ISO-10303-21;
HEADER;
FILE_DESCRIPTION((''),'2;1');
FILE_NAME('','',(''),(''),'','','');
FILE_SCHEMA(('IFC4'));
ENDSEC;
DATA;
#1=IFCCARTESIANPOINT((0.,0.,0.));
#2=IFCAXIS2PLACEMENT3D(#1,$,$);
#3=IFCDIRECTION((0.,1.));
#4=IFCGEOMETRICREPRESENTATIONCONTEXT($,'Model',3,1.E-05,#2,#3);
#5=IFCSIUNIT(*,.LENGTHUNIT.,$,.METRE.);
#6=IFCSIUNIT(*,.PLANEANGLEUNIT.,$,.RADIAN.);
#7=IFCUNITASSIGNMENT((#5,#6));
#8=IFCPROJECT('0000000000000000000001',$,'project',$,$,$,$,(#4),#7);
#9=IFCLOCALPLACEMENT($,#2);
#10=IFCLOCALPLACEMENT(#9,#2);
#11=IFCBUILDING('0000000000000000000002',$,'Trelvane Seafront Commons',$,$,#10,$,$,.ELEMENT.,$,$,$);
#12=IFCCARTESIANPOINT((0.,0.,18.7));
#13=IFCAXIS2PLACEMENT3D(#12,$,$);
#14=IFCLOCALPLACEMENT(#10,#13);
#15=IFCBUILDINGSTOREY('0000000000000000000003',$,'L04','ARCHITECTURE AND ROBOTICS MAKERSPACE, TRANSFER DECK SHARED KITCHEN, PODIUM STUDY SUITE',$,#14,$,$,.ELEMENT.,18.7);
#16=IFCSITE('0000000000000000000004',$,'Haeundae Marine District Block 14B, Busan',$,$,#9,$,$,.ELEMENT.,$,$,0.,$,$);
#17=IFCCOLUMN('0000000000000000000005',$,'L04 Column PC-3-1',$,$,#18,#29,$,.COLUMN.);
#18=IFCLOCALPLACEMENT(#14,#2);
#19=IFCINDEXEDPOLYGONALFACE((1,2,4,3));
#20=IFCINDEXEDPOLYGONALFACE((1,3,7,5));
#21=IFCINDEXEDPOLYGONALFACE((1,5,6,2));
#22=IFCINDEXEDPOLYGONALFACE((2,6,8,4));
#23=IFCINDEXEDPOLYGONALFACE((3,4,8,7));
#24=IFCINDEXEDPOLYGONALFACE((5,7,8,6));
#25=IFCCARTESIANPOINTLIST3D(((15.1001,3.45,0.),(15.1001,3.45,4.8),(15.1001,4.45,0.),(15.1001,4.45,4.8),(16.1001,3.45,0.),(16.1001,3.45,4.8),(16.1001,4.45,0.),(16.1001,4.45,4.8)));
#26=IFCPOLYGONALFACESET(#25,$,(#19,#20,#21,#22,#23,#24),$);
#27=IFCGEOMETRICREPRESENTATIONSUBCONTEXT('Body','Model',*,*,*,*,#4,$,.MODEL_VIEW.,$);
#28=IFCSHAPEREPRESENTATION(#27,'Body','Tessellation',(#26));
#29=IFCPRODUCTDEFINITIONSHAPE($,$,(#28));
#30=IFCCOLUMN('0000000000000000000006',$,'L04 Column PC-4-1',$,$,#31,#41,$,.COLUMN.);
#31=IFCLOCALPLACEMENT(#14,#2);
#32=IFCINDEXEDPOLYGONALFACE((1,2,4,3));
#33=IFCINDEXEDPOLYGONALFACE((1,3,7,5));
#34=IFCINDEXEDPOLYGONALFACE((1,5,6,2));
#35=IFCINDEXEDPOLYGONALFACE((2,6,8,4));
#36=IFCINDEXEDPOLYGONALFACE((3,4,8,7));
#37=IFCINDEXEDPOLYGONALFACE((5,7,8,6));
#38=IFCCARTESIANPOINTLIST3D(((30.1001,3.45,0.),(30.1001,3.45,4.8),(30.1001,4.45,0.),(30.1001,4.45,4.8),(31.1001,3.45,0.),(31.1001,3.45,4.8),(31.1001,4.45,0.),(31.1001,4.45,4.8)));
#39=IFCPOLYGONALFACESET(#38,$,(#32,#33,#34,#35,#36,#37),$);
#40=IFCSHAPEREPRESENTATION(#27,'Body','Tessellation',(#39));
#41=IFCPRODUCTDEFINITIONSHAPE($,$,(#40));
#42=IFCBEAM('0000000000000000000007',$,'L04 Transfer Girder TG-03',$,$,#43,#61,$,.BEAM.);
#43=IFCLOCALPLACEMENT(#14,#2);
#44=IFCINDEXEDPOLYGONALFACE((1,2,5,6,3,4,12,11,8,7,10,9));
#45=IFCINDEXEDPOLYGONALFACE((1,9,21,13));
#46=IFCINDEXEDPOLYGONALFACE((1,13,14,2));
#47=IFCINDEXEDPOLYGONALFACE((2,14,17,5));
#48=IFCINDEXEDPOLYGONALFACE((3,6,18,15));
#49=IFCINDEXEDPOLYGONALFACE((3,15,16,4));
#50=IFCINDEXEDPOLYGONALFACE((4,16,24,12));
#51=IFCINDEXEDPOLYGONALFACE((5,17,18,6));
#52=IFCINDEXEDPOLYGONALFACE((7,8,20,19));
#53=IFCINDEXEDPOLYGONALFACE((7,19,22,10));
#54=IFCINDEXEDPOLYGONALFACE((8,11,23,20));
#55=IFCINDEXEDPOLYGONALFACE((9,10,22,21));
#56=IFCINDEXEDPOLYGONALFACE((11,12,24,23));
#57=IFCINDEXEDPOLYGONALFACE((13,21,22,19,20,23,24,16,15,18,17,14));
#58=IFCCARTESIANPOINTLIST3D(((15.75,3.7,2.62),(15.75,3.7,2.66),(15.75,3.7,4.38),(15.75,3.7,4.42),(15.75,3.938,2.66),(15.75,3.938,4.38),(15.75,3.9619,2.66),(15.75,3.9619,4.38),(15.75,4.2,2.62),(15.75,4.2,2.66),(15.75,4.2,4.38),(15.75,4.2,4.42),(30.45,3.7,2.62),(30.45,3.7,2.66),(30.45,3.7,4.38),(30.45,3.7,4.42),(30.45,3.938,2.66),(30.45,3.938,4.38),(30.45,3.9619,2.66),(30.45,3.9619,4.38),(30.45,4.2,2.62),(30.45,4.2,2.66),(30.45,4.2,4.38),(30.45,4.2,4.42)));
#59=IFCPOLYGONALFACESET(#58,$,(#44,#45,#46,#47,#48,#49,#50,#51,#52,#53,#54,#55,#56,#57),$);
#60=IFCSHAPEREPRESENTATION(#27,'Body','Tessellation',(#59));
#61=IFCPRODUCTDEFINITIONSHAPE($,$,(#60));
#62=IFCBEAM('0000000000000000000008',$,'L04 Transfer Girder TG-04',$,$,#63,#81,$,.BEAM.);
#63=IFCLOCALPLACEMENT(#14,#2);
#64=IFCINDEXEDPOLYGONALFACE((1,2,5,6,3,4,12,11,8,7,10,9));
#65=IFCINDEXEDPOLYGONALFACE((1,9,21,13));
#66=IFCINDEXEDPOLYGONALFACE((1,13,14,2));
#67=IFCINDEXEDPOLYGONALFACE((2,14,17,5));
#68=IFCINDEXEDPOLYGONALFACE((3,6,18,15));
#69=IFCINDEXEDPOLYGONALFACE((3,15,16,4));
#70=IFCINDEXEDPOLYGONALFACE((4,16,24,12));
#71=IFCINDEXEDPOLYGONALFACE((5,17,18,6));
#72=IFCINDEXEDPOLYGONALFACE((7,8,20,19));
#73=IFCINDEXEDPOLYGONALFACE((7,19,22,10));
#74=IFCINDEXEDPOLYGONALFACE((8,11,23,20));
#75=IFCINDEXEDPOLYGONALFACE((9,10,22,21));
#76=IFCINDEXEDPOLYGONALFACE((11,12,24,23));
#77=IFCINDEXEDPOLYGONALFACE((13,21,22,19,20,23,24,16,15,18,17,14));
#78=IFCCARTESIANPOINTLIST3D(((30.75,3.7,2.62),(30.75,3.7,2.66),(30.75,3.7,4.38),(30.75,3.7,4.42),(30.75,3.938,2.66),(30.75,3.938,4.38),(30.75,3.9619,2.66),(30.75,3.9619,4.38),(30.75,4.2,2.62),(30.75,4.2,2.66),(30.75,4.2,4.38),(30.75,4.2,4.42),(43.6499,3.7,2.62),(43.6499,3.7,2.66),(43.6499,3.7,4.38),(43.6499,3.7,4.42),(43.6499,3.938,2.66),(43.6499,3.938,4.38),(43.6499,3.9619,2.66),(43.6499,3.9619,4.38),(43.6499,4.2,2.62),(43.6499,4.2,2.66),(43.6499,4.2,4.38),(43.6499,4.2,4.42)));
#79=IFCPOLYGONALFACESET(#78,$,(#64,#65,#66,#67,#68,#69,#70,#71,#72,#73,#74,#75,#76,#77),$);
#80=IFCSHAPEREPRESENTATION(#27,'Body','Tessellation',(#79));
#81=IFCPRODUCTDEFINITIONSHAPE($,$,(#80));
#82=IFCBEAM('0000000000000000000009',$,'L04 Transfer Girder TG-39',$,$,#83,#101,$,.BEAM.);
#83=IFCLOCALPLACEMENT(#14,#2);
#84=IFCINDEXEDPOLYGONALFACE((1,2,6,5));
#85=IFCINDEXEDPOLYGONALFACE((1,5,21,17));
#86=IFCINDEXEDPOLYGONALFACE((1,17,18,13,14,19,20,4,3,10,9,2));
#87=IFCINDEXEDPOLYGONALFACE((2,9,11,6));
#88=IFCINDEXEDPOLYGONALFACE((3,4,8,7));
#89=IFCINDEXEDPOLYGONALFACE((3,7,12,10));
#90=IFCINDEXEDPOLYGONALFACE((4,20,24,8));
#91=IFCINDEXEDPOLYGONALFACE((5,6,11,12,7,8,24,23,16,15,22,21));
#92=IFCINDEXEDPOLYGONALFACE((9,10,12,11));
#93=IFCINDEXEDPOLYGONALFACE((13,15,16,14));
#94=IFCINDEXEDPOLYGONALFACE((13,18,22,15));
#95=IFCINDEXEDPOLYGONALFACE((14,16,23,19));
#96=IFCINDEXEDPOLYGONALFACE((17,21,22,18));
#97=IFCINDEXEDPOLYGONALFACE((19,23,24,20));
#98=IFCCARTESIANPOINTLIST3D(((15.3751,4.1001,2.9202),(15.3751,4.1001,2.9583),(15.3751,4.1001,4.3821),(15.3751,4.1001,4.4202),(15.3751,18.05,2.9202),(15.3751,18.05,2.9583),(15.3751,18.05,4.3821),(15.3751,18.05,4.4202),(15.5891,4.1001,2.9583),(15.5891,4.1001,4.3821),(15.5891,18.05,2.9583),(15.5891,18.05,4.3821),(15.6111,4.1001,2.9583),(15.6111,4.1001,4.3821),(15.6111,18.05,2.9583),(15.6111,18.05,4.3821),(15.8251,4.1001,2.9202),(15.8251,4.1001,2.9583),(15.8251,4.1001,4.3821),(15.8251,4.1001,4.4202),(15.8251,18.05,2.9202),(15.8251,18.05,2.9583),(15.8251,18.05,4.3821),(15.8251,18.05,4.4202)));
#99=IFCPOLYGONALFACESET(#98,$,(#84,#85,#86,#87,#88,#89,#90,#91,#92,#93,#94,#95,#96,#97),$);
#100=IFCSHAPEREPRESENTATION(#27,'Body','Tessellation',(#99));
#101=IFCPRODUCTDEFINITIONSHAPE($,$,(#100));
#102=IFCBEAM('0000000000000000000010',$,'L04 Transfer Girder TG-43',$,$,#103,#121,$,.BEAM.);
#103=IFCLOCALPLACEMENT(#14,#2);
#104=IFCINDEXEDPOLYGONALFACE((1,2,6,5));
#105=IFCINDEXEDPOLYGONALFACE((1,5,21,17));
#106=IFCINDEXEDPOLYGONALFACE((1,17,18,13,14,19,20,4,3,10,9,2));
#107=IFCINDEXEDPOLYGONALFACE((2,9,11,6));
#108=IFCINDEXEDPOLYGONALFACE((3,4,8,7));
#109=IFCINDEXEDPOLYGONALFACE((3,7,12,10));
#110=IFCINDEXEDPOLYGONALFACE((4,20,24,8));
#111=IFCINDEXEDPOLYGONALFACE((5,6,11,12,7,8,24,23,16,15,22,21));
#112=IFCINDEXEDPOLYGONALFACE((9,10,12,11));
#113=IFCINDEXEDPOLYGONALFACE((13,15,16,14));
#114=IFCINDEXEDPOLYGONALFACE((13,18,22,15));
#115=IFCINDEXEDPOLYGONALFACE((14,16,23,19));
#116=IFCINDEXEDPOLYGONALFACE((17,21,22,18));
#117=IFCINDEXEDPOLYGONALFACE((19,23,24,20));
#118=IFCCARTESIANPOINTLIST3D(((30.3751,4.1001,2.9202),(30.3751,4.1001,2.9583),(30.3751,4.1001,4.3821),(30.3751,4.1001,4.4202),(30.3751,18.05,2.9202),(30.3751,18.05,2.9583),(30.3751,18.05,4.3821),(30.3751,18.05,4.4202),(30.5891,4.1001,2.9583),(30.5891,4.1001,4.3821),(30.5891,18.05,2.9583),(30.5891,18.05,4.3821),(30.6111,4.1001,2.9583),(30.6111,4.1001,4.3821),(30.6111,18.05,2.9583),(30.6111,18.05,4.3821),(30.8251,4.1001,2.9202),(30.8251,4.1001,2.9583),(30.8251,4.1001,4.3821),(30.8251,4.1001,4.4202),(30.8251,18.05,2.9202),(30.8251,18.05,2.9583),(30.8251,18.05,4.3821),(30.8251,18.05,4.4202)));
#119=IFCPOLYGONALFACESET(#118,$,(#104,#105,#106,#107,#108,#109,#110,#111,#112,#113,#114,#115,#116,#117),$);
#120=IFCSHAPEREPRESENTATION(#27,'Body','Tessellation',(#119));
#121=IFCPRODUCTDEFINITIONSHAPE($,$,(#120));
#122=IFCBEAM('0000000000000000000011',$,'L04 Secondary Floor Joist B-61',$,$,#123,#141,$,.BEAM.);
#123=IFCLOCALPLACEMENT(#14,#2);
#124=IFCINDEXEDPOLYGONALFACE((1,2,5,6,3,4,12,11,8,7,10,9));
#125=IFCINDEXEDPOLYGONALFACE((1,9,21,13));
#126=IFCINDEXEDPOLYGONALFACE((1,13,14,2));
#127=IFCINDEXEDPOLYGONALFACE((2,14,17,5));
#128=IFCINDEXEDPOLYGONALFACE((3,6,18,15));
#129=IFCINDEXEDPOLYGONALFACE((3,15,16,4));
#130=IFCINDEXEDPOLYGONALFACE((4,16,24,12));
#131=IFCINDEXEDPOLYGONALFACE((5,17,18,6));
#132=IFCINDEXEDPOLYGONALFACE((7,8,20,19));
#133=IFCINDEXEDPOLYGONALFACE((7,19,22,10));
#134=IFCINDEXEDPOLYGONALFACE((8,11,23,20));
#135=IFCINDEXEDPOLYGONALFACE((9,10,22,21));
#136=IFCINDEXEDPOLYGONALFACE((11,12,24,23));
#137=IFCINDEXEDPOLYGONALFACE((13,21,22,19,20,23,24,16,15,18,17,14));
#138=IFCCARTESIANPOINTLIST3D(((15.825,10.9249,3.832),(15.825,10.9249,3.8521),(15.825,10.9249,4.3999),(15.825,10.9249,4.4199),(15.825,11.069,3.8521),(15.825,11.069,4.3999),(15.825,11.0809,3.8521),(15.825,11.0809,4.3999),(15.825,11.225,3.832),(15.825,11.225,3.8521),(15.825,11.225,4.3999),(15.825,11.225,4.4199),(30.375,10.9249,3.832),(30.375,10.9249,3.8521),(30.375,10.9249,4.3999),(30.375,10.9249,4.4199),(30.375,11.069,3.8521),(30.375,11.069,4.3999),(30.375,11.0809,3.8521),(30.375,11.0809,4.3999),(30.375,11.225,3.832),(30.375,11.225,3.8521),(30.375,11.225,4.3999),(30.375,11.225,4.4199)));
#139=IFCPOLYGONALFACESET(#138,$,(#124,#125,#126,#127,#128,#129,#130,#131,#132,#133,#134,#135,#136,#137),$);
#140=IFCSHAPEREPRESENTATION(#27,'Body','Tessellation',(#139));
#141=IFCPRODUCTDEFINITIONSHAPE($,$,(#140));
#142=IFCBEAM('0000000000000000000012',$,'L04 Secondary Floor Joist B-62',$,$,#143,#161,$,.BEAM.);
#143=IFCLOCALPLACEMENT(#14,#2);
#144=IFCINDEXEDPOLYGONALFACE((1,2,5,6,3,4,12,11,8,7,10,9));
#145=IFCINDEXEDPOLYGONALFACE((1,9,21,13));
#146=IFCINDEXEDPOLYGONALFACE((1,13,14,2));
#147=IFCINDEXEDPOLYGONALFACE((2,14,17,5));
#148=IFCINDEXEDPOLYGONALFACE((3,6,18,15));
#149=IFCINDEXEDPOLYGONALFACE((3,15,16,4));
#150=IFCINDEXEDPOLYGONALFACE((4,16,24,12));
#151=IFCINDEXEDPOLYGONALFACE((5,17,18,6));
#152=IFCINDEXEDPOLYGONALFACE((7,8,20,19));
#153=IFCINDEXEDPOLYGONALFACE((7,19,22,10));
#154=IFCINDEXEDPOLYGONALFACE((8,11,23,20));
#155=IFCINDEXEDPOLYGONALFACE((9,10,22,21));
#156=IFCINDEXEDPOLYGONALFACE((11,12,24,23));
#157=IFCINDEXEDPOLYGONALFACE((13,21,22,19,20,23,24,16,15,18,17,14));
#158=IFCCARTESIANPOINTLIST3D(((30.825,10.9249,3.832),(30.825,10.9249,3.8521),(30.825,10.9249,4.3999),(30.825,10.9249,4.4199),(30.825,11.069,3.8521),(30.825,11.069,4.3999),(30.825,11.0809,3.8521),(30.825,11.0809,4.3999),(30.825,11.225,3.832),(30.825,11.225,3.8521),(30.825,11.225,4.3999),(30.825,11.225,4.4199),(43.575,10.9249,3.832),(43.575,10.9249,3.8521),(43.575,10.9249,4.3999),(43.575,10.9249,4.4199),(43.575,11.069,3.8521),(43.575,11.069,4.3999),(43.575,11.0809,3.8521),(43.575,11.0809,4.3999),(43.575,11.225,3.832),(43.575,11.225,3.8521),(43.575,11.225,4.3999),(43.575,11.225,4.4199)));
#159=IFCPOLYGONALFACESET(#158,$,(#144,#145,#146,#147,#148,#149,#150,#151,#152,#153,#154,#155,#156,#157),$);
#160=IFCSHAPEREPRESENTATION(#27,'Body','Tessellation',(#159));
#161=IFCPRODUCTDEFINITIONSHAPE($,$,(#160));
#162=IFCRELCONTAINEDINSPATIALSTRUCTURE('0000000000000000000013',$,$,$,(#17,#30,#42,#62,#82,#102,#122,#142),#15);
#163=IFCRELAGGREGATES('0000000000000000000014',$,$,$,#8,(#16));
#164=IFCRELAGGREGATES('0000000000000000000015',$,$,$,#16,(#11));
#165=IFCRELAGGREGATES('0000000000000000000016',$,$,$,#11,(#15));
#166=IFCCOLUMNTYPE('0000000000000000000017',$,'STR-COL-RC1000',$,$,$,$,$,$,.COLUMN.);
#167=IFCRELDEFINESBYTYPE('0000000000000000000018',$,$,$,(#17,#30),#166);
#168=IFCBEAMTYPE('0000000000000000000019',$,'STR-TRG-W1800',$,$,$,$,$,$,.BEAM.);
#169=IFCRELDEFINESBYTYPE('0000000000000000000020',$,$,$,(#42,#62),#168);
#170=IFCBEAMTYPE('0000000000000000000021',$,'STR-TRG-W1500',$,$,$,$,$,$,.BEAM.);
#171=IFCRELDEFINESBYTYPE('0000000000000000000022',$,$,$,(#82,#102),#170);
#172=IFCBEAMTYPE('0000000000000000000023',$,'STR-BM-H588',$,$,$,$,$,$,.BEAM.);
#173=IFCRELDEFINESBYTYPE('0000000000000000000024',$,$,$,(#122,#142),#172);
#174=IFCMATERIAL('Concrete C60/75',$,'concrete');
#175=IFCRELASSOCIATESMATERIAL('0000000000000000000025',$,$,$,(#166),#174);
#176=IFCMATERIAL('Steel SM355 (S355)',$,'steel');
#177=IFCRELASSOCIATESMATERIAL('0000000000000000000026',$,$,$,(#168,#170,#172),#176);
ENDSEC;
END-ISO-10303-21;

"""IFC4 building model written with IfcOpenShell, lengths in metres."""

from ifc_helpers import new_model, si_unit, direction, frame, origin, origin_2d, place, context, subcontext, project, spatial, rectangle, i_section, extrude, source, transform, mapped, material, material_profile, profile_set, type_object, element, save


model = new_model("IFC4")

# Units and contexts
model_context = context("Model", 3, precision=1e-05, world=origin(), true_north=direction((0.0, 1.0)))
body_context = subcontext(model_context, "Body", "Model", "MODEL_VIEW")
ifc_project = project(units=[si_unit("LENGTHUNIT", "METRE"), si_unit("PLANEANGLEUNIT", "RADIAN")], contexts=[model_context])

# Site, building, storey
site_placement = place(None, origin())
site = spatial("IfcSite", under=ifc_project, at=site_placement, Name="Haeundae Marine District Block 14B, Busan", CompositionType="ELEMENT", RefElevation=0.0)
building_placement = place(site_placement, origin())
building = spatial("IfcBuilding", under=site, at=building_placement, Name="Trelvane Seafront Commons", CompositionType="ELEMENT")
storey_placement = place(building_placement, frame((0.0, 0.0, 18.7)))
storey = spatial("IfcBuildingStorey", under=building, at=storey_placement, Name="L04", Description="ARCHITECTURE AND ROBOTICS MAKERSPACE, TRANSFER DECK SHARED KITCHEN, PODIUM STUDY SUITE", CompositionType="ELEMENT", Elevation=18.7)

# Columns
ifc_material_1 = material(Name="Concrete C60/75", Category="concrete")
ifc_material_profile_1 = material_profile(ifc_material_1, rectangle(XDim=1.0, YDim=1.0, at=origin_2d()), Name="RC-1000x1000")
ifc_profile_set_1 = profile_set([ifc_material_profile_1], Name="Concrete C60/75")
column_type = type_object("IfcColumnType", Name="STR-COL-RC1000", PredefinedType="COLUMN", material=ifc_profile_set_1)
shared_shape_1 = source(origin(), body_context, "Body", "SweptSolid", [
    extrude(rectangle(XDim=1.0, YDim=1.0, at=origin_2d()), origin(), (0.0, 0.0, 1.0), 4.8),
])
for number, where, z_axis, x_axis, name in (
    (1, (15.6001, 3.95, 0.0), (0.0, 0.0, 1.0), (1.0, 0.0, 0.0), "L04 Column PC-3-1"),
    (2, (30.6001, 3.95, 0.0), (0.0, 0.0, 1.0), (1.0, 0.0, 0.0), "L04 Column PC-4-1"),
):
    element("IfcColumn", number, at=place(storey_placement, frame(where, z_axis=z_axis, x_axis=x_axis)), inside=storey, type_object=column_type, Name=name, PredefinedType="COLUMN", context=body_context, shape_type="MappedRepresentation", body=[
        mapped(shared_shape_1, transform((0.0, 0.0, 0.0), x_axis=(1.0, 0.0, 0.0), y_axis=(0.0, 1.0, 0.0), z_axis=(0.0, 0.0, 1.0), scale=1.0)),
    ])

# Beams
ifc_material_2 = material(Name="Steel SM355 (S355)", Category="steel")
ifc_material_profile_2 = material_profile(ifc_material_2, i_section(OverallWidth=0.5, OverallDepth=1.8, WebThickness=0.0239, FlangeThickness=0.04, at=origin_2d()), Name="W-1800x500x24x40")
ifc_profile_set_2 = profile_set([ifc_material_profile_2], Name="Steel SM355 (S355)")
beam_type_1 = type_object("IfcBeamType", Name="STR-TRG-W1800", PredefinedType="BEAM", material=ifc_profile_set_2)
shared_shape_2 = source(origin(), body_context, "Body", "SweptSolid", [
    extrude(i_section(OverallWidth=0.5, OverallDepth=1.8, WebThickness=0.0239, FlangeThickness=0.04, at=origin_2d()), origin(), (0.0, 0.0, 1.0), 14.7),
])
beam_1_placement = place(storey_placement, frame((15.75, 3.95, 3.52), z_axis=(1.0, 0.0, 0.0), x_axis=(0.0, 1.0, 0.0)))
element("IfcBeam", 3, at=beam_1_placement, inside=storey, type_object=beam_type_1, Name="L04 Transfer Girder TG-03", PredefinedType="BEAM", context=body_context, shape_type="MappedRepresentation", body=[
    mapped(shared_shape_2, transform((0.0, 0.0, 0.0), x_axis=(1.0, 0.0, 0.0), y_axis=(0.0, 1.0, 0.0), z_axis=(0.0, 0.0, 1.0), scale=1.0)),
])
shared_shape_3 = source(origin(), body_context, "Body", "SweptSolid", [
    extrude(i_section(OverallWidth=0.5, OverallDepth=1.8, WebThickness=0.0239, FlangeThickness=0.04, at=origin_2d()), origin(), (0.0, 0.0, 1.0), 12.8999),
])
beam_2_placement = place(storey_placement, frame((30.75, 3.95, 3.52), z_axis=(1.0, 0.0, 0.0), x_axis=(0.0, 1.0, 0.0)))
element("IfcBeam", 4, at=beam_2_placement, inside=storey, type_object=beam_type_1, Name="L04 Transfer Girder TG-04", PredefinedType="BEAM", context=body_context, shape_type="MappedRepresentation", body=[
    mapped(shared_shape_3, transform((0.0, 0.0, 0.0), x_axis=(1.0, 0.0, 0.0), y_axis=(0.0, 1.0, 0.0), z_axis=(0.0, 0.0, 1.0), scale=1.0)),
])
ifc_material_profile_3 = material_profile(ifc_material_2, i_section(OverallWidth=0.45, OverallDepth=1.5, WebThickness=0.022, FlangeThickness=0.0381, at=origin_2d()), Name="W-1500x450x22x38")
ifc_profile_set_3 = profile_set([ifc_material_profile_3], Name="Steel SM355 (S355)")
beam_type_2 = type_object("IfcBeamType", Name="STR-TRG-W1500", PredefinedType="BEAM", material=ifc_profile_set_3)
shared_shape_4 = source(origin(), body_context, "Body", "SweptSolid", [
    extrude(i_section(OverallWidth=0.45, OverallDepth=1.5, WebThickness=0.022, FlangeThickness=0.0381, at=origin_2d()), origin(), (0.0, 0.0, 1.0), 13.95),
])
for number, where, z_axis, x_axis, name in (
    (5, (15.6001, 4.1001, 3.6702), (0.0, 1.0, 0.0), (-1.0, 0.0, 0.0), "L04 Transfer Girder TG-39"),
    (6, (30.6001, 4.1001, 3.6702), (0.0, 1.0, 0.0), (-1.0, 0.0, 0.0), "L04 Transfer Girder TG-43"),
):
    element("IfcBeam", number, at=place(storey_placement, frame(where, z_axis=z_axis, x_axis=x_axis)), inside=storey, type_object=beam_type_2, Name=name, PredefinedType="BEAM", context=body_context, shape_type="MappedRepresentation", body=[
        mapped(shared_shape_4, transform((0.0, 0.0, 0.0), x_axis=(1.0, 0.0, 0.0), y_axis=(0.0, 1.0, 0.0), z_axis=(0.0, 0.0, 1.0), scale=1.0)),
    ])
ifc_material_profile_4 = material_profile(ifc_material_2, i_section(OverallWidth=0.3, OverallDepth=0.5879, WebThickness=0.012, FlangeThickness=0.02, at=origin_2d()), Name="H-588x300x12x20")
ifc_profile_set_4 = profile_set([ifc_material_profile_4], Name="Steel SM355 (S355)")
beam_type_3 = type_object("IfcBeamType", Name="STR-BM-H588", PredefinedType="BEAM", material=ifc_profile_set_4)
shared_shape_5 = source(origin(), body_context, "Body", "SweptSolid", [
    extrude(i_section(OverallWidth=0.3, OverallDepth=0.5879, WebThickness=0.012, FlangeThickness=0.02, at=origin_2d()), origin(), (0.0, 0.0, 1.0), 14.55),
])
beam_3_placement = place(storey_placement, frame((15.825, 11.075, 4.126), z_axis=(1.0, 0.0, 0.0), x_axis=(0.0, 1.0, 0.0)))
element("IfcBeam", 7, at=beam_3_placement, inside=storey, type_object=beam_type_3, Name="L04 Secondary Floor Joist B-61", PredefinedType="BEAM", context=body_context, shape_type="MappedRepresentation", body=[
    mapped(shared_shape_5, transform((0.0, 0.0, 0.0), x_axis=(1.0, 0.0, 0.0), y_axis=(0.0, 1.0, 0.0), z_axis=(0.0, 0.0, 1.0), scale=1.0)),
])
shared_shape_6 = source(origin(), body_context, "Body", "SweptSolid", [
    extrude(i_section(OverallWidth=0.3, OverallDepth=0.5879, WebThickness=0.012, FlangeThickness=0.02, at=origin_2d()), origin(), (0.0, 0.0, 1.0), 12.75),
])
beam_4_placement = place(storey_placement, frame((30.825, 11.075, 4.126), z_axis=(1.0, 0.0, 0.0), x_axis=(0.0, 1.0, 0.0)))
element("IfcBeam", 8, at=beam_4_placement, inside=storey, type_object=beam_type_3, Name="L04 Secondary Floor Joist B-62", PredefinedType="BEAM", context=body_context, shape_type="MappedRepresentation", body=[
    mapped(shared_shape_6, transform((0.0, 0.0, 0.0), x_axis=(1.0, 0.0, 0.0), y_axis=(0.0, 1.0, 0.0), z_axis=(0.0, 0.0, 1.0), scale=1.0)),
])

save(model, "model.ifc")
